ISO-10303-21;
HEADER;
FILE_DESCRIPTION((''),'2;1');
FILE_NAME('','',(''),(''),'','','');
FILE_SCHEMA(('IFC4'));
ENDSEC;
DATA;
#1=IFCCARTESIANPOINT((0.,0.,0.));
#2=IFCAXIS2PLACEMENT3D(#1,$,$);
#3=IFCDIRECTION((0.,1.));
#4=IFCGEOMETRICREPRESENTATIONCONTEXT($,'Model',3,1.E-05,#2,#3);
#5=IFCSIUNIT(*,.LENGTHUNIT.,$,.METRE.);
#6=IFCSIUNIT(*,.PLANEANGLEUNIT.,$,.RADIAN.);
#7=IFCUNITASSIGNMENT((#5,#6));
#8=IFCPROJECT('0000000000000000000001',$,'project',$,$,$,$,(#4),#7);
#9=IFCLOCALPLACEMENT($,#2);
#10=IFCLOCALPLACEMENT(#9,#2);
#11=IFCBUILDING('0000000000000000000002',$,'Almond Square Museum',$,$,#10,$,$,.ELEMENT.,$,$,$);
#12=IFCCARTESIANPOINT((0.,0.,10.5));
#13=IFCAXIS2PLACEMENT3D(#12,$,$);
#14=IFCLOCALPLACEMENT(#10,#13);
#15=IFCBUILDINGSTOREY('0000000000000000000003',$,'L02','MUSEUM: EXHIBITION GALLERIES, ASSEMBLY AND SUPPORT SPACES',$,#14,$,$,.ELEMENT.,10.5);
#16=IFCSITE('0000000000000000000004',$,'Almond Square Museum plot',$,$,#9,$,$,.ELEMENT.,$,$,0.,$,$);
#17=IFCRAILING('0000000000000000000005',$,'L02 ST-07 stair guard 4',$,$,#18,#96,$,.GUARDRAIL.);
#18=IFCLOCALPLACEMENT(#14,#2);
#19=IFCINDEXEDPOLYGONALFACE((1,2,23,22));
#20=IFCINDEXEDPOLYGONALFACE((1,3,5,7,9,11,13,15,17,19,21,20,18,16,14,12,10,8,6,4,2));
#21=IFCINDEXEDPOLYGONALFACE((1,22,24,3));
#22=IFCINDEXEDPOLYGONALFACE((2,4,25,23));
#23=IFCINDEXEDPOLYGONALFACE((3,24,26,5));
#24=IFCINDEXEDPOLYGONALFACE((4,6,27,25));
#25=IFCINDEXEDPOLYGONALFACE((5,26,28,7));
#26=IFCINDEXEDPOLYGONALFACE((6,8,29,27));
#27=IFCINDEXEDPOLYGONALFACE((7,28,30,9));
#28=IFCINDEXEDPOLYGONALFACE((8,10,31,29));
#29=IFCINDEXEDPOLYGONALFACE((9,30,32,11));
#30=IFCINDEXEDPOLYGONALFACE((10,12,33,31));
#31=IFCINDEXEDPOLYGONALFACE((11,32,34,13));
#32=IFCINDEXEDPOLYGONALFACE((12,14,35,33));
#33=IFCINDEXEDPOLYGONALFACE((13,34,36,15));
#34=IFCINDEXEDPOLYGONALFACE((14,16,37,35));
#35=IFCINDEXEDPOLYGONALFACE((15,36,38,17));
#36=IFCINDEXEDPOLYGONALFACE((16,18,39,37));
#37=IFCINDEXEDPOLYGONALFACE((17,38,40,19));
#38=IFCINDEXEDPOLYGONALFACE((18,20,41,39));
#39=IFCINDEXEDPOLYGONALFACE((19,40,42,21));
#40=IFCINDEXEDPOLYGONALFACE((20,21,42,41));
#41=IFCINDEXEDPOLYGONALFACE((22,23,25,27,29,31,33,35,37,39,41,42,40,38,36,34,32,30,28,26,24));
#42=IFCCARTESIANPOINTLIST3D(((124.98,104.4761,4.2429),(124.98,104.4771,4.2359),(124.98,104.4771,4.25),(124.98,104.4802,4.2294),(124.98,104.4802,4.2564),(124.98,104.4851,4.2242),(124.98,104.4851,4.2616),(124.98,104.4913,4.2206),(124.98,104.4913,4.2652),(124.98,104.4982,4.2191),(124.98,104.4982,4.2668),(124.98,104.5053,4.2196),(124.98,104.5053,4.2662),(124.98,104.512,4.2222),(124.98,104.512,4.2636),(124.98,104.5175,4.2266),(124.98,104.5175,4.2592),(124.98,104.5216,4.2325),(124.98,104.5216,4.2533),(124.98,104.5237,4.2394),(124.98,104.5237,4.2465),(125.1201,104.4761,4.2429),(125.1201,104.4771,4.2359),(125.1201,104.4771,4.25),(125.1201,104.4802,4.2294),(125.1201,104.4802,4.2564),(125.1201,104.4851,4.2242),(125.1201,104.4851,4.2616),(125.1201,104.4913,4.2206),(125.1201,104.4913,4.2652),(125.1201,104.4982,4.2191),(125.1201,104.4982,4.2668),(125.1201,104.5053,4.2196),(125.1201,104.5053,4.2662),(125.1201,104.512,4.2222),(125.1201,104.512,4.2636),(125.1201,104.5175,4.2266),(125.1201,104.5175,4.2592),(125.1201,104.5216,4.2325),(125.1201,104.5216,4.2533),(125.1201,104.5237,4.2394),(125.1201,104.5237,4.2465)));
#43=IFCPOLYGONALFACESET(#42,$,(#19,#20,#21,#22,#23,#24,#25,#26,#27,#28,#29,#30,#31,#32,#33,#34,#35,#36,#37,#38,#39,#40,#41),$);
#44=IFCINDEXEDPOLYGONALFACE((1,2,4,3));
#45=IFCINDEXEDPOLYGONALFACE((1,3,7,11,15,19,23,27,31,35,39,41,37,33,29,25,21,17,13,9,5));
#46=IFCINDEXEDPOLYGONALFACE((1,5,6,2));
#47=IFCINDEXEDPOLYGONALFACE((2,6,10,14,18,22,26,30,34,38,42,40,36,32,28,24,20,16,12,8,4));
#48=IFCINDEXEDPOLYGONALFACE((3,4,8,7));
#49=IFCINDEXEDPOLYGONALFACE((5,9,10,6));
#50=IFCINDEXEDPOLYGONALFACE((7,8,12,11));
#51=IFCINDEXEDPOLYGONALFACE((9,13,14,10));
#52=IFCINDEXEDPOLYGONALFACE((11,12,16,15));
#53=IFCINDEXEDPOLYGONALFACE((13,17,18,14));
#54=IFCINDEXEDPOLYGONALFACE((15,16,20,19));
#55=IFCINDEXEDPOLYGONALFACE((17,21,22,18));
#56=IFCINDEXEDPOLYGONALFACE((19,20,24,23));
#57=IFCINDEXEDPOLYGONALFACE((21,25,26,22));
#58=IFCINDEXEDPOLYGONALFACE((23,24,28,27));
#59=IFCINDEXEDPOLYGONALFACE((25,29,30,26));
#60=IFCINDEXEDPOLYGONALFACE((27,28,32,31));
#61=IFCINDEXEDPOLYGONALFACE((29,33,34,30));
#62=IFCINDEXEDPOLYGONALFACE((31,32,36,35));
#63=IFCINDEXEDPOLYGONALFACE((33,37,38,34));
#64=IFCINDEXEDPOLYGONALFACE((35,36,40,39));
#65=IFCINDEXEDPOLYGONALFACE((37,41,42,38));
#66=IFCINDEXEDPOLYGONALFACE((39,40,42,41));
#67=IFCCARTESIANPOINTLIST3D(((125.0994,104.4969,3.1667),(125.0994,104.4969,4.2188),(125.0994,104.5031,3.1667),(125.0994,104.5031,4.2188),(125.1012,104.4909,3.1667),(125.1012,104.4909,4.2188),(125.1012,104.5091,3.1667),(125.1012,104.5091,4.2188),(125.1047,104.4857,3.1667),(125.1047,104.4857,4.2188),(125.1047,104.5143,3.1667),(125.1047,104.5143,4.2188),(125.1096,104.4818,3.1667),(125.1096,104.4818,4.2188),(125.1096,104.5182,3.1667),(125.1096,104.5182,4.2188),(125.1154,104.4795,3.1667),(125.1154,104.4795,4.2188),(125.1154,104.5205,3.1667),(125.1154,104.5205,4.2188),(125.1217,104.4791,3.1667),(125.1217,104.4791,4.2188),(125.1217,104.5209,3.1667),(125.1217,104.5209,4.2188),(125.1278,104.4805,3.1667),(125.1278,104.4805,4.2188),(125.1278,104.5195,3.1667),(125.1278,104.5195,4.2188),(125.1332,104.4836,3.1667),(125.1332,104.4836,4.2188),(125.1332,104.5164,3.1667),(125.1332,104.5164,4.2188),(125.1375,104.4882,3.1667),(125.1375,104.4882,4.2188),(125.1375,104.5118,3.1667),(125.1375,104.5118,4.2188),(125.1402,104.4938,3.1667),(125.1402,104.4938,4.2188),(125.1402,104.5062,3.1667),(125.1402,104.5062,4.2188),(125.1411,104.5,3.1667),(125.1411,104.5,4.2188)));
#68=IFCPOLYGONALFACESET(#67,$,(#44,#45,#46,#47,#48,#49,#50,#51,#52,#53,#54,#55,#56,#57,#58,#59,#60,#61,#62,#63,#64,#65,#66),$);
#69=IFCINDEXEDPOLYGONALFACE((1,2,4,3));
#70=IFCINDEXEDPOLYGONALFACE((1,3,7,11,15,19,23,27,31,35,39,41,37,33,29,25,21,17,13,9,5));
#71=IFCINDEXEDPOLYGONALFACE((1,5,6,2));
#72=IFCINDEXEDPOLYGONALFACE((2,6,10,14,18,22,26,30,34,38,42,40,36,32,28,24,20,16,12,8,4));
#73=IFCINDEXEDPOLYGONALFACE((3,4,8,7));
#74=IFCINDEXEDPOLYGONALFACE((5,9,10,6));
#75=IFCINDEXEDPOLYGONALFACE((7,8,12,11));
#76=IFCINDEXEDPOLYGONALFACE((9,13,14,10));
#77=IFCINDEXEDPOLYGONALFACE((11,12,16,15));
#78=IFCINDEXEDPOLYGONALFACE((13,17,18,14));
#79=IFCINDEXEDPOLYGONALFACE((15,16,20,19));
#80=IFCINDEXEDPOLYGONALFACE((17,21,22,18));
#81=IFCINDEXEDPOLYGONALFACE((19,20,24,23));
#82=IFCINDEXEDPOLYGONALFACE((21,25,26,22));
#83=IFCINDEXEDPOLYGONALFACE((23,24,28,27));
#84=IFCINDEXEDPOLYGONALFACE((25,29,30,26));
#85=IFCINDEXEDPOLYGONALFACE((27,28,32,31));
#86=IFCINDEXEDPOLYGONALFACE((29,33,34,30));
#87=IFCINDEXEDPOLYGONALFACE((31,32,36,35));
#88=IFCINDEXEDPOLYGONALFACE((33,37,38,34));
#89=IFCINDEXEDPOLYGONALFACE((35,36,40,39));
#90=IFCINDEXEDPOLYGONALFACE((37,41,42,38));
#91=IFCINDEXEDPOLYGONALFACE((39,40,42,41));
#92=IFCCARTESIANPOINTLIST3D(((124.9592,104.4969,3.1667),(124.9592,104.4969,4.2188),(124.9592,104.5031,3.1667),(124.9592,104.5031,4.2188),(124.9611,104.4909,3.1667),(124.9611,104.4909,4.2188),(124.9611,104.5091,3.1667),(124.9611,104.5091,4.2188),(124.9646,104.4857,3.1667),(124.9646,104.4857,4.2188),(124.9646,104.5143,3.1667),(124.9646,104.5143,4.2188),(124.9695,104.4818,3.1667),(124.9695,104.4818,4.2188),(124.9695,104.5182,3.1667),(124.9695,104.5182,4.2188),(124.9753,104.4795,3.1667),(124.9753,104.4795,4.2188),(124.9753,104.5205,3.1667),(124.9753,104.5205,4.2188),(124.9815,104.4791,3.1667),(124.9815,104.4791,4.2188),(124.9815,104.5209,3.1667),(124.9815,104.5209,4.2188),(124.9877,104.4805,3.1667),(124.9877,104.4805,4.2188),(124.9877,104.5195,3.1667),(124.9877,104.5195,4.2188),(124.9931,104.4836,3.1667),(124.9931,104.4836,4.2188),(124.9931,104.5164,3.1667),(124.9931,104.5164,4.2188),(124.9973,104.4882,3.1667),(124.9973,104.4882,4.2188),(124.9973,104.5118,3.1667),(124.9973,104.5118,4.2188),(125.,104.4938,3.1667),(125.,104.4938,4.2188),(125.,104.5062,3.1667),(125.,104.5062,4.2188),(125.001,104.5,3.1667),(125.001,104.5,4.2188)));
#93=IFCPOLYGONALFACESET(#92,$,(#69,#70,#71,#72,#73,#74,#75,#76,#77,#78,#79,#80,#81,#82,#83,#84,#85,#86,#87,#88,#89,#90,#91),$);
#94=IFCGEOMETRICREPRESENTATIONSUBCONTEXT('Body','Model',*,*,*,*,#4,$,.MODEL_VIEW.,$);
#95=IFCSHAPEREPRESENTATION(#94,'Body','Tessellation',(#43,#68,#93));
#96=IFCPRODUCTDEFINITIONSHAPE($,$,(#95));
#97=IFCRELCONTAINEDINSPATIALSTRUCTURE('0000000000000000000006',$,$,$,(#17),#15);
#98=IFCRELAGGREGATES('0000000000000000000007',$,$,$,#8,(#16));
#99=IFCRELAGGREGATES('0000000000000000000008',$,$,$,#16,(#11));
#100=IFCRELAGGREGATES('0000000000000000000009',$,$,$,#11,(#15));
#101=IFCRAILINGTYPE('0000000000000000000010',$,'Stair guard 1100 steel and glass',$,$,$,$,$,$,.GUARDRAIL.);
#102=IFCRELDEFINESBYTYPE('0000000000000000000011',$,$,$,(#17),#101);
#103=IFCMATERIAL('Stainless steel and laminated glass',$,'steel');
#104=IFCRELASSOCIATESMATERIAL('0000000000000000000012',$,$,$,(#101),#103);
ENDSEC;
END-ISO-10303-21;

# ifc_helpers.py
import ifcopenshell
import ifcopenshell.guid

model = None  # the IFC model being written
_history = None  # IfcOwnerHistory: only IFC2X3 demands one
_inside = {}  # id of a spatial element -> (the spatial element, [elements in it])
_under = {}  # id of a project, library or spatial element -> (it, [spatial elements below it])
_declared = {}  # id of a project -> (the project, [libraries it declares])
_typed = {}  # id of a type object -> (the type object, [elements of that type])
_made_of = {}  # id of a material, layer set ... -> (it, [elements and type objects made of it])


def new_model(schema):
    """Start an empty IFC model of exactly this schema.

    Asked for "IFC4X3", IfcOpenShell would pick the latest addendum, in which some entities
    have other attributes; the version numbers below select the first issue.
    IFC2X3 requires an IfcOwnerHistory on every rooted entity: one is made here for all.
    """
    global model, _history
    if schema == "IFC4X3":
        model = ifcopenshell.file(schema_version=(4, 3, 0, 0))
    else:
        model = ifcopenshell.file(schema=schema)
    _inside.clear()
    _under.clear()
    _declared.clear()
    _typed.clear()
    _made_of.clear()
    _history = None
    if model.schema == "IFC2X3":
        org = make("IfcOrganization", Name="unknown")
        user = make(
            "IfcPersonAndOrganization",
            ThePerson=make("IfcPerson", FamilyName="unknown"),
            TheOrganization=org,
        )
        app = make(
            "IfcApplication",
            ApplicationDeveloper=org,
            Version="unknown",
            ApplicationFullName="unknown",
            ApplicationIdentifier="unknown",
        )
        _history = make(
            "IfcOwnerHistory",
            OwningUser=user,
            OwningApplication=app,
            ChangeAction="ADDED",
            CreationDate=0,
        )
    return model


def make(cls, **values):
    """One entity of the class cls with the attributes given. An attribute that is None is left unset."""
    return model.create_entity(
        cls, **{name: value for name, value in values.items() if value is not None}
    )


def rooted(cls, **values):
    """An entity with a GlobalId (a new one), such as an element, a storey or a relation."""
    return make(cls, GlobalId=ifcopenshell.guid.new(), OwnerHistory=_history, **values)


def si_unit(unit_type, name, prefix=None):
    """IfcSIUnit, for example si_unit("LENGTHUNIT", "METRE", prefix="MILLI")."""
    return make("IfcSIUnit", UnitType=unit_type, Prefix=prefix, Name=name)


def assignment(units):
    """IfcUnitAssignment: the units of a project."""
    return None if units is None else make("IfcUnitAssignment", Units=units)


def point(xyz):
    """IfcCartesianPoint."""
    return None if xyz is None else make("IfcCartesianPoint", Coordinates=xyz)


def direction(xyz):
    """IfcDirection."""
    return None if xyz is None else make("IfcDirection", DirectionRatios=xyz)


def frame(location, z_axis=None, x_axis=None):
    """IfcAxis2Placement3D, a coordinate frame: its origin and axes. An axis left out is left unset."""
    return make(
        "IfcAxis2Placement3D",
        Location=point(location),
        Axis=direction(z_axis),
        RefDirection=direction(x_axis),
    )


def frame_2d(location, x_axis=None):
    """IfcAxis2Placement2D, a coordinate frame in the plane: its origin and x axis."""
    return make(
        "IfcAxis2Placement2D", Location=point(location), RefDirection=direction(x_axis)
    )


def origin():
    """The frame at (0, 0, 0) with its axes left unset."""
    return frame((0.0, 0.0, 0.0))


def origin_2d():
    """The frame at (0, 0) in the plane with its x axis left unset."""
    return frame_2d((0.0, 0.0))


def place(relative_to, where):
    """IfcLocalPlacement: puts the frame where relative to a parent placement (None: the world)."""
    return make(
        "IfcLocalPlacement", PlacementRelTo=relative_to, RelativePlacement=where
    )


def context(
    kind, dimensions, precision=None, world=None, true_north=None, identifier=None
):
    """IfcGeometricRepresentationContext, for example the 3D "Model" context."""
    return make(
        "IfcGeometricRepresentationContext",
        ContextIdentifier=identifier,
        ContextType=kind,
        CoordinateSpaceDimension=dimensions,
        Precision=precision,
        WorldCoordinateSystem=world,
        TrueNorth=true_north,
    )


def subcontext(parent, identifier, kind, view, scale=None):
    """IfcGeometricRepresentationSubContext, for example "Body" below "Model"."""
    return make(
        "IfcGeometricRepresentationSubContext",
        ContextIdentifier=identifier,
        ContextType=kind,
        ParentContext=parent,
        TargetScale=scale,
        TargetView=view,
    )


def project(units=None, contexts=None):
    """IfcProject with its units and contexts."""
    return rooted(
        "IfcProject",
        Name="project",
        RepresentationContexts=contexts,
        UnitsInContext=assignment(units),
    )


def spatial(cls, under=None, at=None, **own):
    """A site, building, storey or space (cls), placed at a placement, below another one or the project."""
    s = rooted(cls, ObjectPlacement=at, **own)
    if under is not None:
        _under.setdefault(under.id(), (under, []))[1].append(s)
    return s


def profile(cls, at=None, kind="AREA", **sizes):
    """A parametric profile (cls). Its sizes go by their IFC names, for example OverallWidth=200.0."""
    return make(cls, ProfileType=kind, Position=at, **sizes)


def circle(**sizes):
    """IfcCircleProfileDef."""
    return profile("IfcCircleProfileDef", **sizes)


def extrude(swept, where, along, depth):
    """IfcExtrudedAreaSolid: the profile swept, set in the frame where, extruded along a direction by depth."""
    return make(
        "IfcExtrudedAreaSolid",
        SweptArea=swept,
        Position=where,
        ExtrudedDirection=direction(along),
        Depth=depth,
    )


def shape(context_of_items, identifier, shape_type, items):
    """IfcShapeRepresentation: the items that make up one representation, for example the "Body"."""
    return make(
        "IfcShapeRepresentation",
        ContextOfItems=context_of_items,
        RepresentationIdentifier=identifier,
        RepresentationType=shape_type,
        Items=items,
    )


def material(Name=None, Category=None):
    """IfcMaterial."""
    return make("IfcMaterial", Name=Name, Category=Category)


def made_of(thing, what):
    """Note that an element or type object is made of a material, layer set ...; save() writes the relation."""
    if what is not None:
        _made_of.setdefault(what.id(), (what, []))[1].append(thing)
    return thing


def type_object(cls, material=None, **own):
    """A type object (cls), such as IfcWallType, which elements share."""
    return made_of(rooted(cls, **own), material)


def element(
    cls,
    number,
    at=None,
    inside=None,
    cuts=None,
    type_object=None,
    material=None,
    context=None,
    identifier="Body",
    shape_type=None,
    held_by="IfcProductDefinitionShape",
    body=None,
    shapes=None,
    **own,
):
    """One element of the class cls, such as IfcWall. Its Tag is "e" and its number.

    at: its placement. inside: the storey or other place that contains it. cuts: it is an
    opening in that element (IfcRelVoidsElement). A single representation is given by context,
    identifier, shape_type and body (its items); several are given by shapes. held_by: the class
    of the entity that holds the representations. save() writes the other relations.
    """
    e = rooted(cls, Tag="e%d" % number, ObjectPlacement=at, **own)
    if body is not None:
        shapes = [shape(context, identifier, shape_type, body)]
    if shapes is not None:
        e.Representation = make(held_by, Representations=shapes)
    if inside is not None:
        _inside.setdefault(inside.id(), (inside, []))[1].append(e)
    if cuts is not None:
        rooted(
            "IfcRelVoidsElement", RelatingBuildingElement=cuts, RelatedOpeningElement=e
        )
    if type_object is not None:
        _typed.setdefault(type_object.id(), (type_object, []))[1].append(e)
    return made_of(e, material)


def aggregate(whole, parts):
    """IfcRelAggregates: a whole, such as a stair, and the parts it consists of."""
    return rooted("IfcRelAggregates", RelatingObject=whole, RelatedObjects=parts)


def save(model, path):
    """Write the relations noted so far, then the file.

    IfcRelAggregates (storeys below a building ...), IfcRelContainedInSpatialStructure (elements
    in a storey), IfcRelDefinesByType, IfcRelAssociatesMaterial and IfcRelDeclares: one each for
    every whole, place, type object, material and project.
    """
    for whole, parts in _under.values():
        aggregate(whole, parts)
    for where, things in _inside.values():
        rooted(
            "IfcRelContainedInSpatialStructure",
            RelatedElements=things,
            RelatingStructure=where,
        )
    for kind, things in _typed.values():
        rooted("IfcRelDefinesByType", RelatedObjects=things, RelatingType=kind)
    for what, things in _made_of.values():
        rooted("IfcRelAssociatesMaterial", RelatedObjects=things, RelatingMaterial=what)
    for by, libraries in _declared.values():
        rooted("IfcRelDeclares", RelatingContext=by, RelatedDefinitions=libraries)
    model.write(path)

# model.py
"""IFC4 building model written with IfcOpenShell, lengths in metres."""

from ifc_helpers import new_model, si_unit, direction, frame, origin, origin_2d, place, context, subcontext, project, spatial, circle, extrude, material, type_object, element, save


model = new_model("IFC4")

# Units and contexts
model_context = context("Model", 3, precision=1e-05, world=origin(), true_north=direction((0.0, 1.0)))
body_context = subcontext(model_context, "Body", "Model", "MODEL_VIEW")
ifc_project = project(units=[si_unit("LENGTHUNIT", "METRE"), si_unit("PLANEANGLEUNIT", "RADIAN")], contexts=[model_context])

# Site, building, storey
site_placement = place(None, origin())
site = spatial("IfcSite", under=ifc_project, at=site_placement, Name="Almond Square Museum plot", CompositionType="ELEMENT", RefElevation=0.0)
building_placement = place(site_placement, origin())
building = spatial("IfcBuilding", under=site, at=building_placement, Name="Almond Square Museum", CompositionType="ELEMENT")
storey_placement = place(building_placement, frame((0.0, 0.0, 10.5)))
storey = spatial("IfcBuildingStorey", under=building, at=storey_placement, Name="L02", Description="MUSEUM: EXHIBITION GALLERIES, ASSEMBLY AND SUPPORT SPACES", CompositionType="ELEMENT", Elevation=10.5)

# Railing
ifc_material_1 = material(Name="Stainless steel and laminated glass", Category="steel")
railing_type_1 = type_object("IfcRailingType", Name="Stair guard 1100 steel and glass", PredefinedType="GUARDRAIL", material=ifc_material_1)
railing_1_placement = place(storey_placement, frame((125.1201, 104.5, 3.1667)))
element("IfcRailing", 1, at=railing_1_placement, inside=storey, type_object=railing_type_1, Name="L02 ST-07 stair guard 4", PredefinedType="GUARDRAIL", context=body_context, shape_type="SweptSolid", body=[
    extrude(circle(Radius=0.0239, at=origin_2d()), frame((0.0, 0.0, 1.0762), z_axis=(-1.0, 0.0, 0.0), x_axis=(0.0, -1.0, 0.0)), (0.0, 0.0, 1.0), 0.1401),
    extrude(circle(Radius=0.021, at=origin_2d()), origin(), (0.0, 0.0, 1.0), 1.052),
    extrude(circle(Radius=0.021, at=origin_2d()), frame((-0.1401, 0.0, 0.0)), (0.0, 0.0, 1.0), 1.052),
])

save(model, "model.ifc")
